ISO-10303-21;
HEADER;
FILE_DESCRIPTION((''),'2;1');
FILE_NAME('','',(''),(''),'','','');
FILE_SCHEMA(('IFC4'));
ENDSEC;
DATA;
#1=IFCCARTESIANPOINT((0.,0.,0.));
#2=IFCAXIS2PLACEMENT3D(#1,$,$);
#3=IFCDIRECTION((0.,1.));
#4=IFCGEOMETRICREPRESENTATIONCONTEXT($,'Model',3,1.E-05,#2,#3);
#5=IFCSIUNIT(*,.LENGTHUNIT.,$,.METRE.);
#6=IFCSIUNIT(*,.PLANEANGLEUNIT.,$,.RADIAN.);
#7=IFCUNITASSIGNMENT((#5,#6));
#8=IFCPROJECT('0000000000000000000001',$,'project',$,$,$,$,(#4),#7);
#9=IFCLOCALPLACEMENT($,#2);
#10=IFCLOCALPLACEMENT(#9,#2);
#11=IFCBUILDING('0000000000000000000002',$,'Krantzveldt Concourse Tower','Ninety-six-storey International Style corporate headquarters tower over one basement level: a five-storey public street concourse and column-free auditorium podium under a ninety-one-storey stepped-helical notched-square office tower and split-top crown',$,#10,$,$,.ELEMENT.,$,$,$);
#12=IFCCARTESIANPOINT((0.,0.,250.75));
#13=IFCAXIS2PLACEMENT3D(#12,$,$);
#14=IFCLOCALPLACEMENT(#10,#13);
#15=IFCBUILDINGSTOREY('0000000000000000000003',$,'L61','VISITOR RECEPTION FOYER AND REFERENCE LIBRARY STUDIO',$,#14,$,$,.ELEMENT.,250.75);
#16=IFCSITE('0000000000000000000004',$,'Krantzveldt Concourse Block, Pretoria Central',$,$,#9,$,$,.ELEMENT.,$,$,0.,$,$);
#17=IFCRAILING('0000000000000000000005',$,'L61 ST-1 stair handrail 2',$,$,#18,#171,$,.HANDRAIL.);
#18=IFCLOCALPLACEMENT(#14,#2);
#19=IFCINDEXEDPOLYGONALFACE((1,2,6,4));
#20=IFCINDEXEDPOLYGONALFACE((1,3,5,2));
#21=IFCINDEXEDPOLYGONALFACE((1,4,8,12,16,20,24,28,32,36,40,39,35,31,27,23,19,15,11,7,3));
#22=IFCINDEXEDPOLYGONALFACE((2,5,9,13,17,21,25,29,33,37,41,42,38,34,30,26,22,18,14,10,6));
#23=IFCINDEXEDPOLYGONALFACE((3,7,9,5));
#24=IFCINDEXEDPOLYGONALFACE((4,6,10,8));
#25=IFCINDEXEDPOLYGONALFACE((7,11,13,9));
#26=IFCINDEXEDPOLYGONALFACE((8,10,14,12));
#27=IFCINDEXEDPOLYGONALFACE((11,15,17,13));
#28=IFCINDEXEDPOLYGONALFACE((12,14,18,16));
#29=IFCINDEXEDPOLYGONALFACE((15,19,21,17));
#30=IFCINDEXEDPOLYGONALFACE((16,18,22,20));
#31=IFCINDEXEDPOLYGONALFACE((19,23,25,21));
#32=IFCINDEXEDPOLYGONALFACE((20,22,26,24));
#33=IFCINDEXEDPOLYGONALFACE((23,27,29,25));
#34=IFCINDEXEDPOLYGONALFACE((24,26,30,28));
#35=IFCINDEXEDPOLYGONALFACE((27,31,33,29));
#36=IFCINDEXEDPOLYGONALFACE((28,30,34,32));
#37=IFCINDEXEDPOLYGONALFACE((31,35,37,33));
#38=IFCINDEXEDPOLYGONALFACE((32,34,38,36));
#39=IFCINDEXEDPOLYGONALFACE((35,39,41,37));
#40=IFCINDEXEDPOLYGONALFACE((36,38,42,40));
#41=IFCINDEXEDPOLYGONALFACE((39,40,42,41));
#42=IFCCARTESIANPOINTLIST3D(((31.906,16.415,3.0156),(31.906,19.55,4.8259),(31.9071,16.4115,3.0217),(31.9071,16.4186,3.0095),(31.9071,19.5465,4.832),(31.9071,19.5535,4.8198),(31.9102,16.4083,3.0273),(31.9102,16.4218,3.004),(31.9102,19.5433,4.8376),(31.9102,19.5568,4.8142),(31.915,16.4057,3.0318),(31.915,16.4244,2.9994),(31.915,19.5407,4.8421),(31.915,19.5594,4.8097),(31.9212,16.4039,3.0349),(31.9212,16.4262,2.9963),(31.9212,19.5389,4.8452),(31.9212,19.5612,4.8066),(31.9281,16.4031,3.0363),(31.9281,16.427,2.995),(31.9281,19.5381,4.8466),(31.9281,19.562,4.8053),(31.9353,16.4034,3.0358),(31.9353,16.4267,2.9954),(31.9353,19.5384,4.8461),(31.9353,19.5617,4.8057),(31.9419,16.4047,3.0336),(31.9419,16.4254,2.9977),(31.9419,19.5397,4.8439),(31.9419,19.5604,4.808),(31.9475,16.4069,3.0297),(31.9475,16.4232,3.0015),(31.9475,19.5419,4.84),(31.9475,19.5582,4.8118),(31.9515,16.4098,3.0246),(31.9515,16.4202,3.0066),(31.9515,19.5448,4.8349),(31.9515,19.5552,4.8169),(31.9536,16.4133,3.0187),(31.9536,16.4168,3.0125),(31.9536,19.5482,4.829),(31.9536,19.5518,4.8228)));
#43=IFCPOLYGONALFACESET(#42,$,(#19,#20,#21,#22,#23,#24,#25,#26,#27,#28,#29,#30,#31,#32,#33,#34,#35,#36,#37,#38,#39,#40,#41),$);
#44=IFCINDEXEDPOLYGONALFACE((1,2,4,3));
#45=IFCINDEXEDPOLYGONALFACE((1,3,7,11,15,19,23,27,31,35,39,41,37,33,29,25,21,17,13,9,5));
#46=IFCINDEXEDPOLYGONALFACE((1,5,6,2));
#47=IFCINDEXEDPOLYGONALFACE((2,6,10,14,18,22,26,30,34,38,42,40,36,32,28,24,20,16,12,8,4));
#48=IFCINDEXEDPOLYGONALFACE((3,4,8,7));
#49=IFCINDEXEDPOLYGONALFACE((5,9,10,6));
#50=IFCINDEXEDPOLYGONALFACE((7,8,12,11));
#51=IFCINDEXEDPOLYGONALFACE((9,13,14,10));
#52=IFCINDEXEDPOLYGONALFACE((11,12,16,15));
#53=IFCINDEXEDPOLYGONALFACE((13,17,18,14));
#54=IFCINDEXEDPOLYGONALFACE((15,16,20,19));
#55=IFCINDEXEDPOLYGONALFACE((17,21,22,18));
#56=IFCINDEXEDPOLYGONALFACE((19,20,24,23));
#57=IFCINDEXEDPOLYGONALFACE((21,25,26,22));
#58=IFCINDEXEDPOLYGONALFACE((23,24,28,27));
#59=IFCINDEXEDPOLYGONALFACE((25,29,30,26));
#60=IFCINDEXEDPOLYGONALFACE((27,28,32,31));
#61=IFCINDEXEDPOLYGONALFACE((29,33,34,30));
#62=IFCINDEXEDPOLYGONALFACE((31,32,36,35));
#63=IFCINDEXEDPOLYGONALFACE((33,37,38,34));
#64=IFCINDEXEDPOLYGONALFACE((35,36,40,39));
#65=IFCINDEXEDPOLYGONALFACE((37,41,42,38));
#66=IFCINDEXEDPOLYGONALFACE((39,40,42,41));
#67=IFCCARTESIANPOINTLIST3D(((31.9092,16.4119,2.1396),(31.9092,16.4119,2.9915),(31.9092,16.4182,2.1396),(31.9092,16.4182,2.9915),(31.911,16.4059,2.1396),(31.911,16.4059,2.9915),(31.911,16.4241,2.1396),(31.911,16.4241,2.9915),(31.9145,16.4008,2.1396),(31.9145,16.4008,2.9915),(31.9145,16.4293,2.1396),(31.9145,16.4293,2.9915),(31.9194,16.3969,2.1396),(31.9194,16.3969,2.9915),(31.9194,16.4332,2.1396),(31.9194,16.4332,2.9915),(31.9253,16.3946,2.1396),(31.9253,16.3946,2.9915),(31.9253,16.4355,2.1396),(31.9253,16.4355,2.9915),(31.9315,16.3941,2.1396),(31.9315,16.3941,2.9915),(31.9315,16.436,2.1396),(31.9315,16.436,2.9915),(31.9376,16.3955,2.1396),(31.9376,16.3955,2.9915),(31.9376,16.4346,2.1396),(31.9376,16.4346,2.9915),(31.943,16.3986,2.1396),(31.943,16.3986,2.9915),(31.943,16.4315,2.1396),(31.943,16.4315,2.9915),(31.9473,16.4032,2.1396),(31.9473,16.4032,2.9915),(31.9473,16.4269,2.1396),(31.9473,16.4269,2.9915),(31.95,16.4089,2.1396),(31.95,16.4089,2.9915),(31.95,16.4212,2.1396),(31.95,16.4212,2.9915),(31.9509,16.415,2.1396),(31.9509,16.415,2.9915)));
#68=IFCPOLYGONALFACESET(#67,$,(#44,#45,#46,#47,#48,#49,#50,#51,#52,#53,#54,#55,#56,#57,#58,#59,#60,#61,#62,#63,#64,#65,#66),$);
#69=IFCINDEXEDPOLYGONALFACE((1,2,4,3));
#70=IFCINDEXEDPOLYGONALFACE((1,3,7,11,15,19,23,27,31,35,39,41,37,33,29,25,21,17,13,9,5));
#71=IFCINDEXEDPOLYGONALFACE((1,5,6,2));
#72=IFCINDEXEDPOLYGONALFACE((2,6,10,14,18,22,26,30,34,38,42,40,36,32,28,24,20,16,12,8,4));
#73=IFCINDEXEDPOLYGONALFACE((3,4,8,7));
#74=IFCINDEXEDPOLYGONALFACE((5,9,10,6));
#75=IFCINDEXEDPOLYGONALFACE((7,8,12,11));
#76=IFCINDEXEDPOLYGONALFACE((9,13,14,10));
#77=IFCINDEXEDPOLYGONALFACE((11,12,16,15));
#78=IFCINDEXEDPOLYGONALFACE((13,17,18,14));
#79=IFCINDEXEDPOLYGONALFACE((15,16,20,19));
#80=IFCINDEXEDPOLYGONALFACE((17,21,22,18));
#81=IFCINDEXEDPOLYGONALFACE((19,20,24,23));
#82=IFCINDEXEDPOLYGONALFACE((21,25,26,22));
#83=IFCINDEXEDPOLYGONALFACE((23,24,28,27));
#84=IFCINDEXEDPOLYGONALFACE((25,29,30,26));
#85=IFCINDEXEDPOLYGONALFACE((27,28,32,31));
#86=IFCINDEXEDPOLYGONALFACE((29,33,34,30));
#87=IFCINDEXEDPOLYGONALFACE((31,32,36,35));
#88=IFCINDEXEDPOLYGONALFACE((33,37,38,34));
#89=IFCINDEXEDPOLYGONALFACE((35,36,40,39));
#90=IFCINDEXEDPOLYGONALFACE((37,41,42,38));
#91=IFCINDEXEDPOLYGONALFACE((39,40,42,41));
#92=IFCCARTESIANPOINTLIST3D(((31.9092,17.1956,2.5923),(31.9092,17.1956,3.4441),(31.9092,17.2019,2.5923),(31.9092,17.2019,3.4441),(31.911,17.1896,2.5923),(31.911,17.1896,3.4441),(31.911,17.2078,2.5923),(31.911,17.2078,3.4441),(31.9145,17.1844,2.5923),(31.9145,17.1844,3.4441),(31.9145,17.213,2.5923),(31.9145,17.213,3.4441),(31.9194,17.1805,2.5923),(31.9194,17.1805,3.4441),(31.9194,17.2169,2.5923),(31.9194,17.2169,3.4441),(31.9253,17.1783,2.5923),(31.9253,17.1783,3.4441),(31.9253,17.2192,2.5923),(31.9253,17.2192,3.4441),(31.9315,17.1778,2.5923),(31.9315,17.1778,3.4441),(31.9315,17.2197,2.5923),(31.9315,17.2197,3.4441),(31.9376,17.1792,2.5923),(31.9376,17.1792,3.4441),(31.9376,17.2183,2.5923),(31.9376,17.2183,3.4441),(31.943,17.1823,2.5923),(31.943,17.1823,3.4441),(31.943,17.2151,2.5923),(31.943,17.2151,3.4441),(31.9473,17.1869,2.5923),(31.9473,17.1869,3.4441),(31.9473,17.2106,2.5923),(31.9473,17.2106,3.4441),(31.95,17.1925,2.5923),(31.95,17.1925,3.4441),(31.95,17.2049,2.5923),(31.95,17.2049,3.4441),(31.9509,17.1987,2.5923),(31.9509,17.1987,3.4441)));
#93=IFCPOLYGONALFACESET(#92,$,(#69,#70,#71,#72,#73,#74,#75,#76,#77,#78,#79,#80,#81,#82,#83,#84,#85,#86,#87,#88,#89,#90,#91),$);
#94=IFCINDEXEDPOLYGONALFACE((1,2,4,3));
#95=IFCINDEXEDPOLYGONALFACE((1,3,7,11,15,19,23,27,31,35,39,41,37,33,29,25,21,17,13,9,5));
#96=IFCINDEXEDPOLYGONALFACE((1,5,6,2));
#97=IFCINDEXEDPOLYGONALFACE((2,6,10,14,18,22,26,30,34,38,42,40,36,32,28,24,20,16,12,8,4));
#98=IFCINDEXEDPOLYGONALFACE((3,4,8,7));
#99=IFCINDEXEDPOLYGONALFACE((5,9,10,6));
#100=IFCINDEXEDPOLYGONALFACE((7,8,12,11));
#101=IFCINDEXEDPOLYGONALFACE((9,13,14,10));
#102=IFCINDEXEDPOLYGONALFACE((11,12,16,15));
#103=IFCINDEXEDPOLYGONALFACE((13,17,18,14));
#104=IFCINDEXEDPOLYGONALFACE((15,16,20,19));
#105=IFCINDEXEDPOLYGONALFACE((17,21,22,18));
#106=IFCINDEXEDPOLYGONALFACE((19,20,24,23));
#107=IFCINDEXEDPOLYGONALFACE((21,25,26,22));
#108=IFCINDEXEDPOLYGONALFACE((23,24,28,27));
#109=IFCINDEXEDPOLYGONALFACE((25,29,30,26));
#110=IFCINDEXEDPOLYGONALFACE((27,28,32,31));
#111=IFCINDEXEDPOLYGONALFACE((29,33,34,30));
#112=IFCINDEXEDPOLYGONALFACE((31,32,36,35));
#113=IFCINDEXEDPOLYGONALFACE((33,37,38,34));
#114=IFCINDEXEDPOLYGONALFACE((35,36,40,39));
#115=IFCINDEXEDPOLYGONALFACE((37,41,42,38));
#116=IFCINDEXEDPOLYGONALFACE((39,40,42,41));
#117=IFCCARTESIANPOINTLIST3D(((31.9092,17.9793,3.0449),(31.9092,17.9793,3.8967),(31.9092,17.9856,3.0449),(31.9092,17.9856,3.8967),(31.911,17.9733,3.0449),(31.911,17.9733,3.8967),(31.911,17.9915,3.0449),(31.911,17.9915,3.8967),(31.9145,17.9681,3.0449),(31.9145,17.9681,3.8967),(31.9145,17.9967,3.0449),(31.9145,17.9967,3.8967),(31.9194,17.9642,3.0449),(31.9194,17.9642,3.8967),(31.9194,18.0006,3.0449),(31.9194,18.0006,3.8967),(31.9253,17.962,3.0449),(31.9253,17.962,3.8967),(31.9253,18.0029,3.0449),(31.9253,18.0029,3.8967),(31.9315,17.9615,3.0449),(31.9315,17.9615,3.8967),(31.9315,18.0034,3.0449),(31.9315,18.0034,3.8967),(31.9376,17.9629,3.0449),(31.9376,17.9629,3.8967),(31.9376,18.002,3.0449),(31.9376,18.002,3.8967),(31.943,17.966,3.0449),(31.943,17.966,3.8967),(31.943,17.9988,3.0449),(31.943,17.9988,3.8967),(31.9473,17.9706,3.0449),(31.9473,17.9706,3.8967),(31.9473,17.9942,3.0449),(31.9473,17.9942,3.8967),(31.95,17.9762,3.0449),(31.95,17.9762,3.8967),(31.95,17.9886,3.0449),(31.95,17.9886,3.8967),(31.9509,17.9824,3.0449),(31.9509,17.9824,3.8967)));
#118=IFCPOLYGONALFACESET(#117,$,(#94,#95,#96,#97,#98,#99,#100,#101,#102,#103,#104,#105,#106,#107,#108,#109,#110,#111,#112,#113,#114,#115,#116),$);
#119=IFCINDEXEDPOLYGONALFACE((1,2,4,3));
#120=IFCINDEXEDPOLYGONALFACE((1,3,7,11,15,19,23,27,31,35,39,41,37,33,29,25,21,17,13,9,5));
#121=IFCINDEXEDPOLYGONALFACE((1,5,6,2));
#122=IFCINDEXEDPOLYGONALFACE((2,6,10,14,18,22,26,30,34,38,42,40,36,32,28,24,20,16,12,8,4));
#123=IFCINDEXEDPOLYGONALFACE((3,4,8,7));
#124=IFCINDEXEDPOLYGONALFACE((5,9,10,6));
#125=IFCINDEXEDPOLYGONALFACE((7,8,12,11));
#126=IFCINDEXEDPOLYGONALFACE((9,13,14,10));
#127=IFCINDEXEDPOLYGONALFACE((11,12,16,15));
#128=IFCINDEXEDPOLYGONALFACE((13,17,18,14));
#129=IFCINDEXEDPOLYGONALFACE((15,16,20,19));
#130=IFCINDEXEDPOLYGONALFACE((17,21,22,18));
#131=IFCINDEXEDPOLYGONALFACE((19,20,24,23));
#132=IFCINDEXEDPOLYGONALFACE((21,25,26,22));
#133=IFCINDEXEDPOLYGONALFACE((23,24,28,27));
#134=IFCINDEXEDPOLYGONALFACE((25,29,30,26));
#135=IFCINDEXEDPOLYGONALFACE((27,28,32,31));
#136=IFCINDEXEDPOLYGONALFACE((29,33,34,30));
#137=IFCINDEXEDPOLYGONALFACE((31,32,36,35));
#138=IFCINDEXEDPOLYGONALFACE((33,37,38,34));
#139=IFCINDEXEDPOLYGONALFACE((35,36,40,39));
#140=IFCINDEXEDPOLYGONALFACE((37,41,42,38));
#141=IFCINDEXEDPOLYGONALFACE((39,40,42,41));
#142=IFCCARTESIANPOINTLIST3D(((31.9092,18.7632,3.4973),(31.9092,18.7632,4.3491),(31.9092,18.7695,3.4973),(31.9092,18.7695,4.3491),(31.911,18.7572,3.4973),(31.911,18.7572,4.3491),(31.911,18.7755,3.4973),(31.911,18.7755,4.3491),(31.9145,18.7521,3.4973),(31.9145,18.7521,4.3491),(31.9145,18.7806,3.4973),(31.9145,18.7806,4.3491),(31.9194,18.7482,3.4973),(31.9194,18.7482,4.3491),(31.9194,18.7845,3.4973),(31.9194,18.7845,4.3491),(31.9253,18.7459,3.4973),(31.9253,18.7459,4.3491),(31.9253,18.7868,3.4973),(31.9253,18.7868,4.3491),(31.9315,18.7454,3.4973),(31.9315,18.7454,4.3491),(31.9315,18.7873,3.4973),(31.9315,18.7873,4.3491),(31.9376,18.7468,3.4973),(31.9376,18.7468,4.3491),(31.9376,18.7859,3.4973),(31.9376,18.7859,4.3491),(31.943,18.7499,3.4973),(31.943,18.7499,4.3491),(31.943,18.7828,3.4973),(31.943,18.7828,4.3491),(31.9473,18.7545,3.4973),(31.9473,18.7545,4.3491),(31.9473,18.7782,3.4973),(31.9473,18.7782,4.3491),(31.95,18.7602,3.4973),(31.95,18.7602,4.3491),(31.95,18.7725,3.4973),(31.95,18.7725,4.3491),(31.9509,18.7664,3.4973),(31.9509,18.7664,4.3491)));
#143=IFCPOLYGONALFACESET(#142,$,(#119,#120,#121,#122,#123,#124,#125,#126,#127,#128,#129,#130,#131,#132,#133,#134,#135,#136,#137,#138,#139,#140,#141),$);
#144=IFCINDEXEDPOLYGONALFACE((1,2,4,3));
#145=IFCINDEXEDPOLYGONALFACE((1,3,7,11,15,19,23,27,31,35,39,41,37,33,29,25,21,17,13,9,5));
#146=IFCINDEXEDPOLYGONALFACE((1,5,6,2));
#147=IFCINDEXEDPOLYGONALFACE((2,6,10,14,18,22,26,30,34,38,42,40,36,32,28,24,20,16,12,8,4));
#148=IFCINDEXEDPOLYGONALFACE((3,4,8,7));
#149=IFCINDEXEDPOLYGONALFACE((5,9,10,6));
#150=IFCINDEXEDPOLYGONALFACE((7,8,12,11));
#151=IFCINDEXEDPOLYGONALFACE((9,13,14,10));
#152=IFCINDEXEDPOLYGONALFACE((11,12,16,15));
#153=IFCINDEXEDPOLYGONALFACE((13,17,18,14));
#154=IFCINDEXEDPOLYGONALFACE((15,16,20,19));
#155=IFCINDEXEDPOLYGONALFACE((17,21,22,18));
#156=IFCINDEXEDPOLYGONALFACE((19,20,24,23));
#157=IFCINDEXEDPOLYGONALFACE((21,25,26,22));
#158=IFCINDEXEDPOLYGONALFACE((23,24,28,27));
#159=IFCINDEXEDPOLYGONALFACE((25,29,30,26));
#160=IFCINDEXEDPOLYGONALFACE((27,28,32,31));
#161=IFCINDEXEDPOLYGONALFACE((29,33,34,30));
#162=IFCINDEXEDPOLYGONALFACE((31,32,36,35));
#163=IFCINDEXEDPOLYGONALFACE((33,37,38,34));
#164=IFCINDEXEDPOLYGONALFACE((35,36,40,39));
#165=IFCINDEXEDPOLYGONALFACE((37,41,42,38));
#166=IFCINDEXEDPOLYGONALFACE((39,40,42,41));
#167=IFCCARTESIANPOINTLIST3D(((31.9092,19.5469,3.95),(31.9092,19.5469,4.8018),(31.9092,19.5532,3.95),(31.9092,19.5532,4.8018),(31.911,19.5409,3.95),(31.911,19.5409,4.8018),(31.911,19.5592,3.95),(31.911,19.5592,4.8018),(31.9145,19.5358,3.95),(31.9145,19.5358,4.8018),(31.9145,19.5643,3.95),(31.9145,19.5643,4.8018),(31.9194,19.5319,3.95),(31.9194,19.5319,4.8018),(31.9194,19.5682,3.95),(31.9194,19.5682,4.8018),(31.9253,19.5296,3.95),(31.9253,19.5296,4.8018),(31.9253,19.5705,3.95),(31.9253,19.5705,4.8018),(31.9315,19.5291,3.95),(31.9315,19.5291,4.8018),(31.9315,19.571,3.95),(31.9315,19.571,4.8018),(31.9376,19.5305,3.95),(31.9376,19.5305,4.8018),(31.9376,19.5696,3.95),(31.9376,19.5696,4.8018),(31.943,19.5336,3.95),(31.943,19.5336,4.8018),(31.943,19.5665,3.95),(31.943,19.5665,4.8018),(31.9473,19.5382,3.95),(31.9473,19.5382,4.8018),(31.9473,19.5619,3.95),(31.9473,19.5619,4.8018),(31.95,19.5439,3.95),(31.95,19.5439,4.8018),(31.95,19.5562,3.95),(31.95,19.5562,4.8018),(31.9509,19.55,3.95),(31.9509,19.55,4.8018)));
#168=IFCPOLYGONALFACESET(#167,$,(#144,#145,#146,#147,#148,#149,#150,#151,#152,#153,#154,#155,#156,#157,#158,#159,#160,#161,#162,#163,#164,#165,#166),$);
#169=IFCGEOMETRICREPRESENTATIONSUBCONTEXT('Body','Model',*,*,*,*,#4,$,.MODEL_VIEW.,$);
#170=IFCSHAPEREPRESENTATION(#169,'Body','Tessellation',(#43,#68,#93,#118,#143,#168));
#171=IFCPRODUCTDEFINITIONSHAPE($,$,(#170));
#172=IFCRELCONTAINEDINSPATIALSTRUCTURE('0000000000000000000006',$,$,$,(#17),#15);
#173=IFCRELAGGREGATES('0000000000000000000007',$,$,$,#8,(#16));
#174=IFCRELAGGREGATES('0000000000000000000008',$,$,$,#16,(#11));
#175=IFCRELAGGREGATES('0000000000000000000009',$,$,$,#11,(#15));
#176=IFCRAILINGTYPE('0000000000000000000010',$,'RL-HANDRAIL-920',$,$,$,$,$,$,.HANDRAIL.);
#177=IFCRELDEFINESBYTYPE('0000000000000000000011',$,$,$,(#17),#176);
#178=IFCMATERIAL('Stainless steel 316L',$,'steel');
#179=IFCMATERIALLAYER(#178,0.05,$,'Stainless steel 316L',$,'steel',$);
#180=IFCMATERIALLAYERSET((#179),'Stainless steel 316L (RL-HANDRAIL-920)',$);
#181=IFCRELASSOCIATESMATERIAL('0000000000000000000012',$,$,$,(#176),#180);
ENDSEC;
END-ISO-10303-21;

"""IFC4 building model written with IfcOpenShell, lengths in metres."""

from ifc_helpers import new_model, si_unit, direction, frame, origin, origin_2d, place, context, subcontext, project, spatial, circle, extrude, material, layer, layer_set, type_object, element, save


model = new_model("IFC4")

# Units and contexts
model_context = context("Model", 3, precision=1e-05, world=origin(), true_north=direction((0.0, 1.0)))
body_context = subcontext(model_context, "Body", "Model", "MODEL_VIEW")
ifc_project = project(units=[si_unit("LENGTHUNIT", "METRE"), si_unit("PLANEANGLEUNIT", "RADIAN")], contexts=[model_context])

# Site, building, storey
site_placement = place(None, origin())
site = spatial("IfcSite", under=ifc_project, at=site_placement, Name="Krantzveldt Concourse Block, Pretoria Central", CompositionType="ELEMENT", RefElevation=0.0)
building_placement = place(site_placement, origin())
building = spatial("IfcBuilding", under=site, at=building_placement, Name="Krantzveldt Concourse Tower", Description="Ninety-six-storey International Style corporate headquarters tower over one basement level: a five-storey public street concourse and column-free auditorium podium under a ninety-one-storey stepped-helical notched-square office tower and split-top crown", CompositionType="ELEMENT")
storey_placement = place(building_placement, frame((0.0, 0.0, 250.75)))
storey = spatial("IfcBuildingStorey", under=building, at=storey_placement, Name="L61", Description="VISITOR RECEPTION FOYER AND REFERENCE LIBRARY STUDIO", CompositionType="ELEMENT", Elevation=250.75)

# Railing
ifc_material_1 = material(Name="Stainless steel 316L", Category="steel")
ifc_layer_1 = layer(ifc_material_1, 0.05, Name="Stainless steel 316L", Category="steel")
ifc_layer_set_1 = layer_set([ifc_layer_1], Name="Stainless steel 316L (RL-HANDRAIL-920)")
railing_type_1 = type_object("IfcRailingType", Name="RL-HANDRAIL-920", PredefinedType="HANDRAIL", material=ifc_layer_set_1)
railing_1_placement = place(storey_placement, frame((31.9299, 16.415, 2.1396)))
element("IfcRailing", 1, at=railing_1_placement, inside=storey, type_object=railing_type_1, Name="L61 ST-1 stair handrail 2", PredefinedType="HANDRAIL", context=body_context, shape_type="SweptSolid", body=[
    extrude(circle(Radius=0.0239, at=origin_2d()), frame((0.0, 0.0, 0.876), z_axis=(0.0, 0.865989, 0.500063), x_axis=(-1.0, 0.0, 0.0)), (0.0, 0.0, 1.0), 3.6201),
    extrude(circle(Radius=0.021, at=origin_2d()), origin(), (0.0, 0.0, 1.0), 0.8518),
    extrude(circle(Radius=0.021, at=origin_2d()), frame((0.0, 0.7837, 0.4526)), (0.0, 0.0, 1.0), 0.8518),
    extrude(circle(Radius=0.021, at=origin_2d()), frame((0.0, 1.5674, 0.9053)), (0.0, 0.0, 1.0), 0.8518),
    extrude(circle(Radius=0.021, at=origin_2d()), frame((0.0, 2.3513, 1.3577)), (0.0, 0.0, 1.0), 0.8518),
    extrude(circle(Radius=0.021, at=origin_2d()), frame((0.0, 3.135, 1.8103)), (0.0, 0.0, 1.0), 0.8518),
])

save(model, "model.ifc")
